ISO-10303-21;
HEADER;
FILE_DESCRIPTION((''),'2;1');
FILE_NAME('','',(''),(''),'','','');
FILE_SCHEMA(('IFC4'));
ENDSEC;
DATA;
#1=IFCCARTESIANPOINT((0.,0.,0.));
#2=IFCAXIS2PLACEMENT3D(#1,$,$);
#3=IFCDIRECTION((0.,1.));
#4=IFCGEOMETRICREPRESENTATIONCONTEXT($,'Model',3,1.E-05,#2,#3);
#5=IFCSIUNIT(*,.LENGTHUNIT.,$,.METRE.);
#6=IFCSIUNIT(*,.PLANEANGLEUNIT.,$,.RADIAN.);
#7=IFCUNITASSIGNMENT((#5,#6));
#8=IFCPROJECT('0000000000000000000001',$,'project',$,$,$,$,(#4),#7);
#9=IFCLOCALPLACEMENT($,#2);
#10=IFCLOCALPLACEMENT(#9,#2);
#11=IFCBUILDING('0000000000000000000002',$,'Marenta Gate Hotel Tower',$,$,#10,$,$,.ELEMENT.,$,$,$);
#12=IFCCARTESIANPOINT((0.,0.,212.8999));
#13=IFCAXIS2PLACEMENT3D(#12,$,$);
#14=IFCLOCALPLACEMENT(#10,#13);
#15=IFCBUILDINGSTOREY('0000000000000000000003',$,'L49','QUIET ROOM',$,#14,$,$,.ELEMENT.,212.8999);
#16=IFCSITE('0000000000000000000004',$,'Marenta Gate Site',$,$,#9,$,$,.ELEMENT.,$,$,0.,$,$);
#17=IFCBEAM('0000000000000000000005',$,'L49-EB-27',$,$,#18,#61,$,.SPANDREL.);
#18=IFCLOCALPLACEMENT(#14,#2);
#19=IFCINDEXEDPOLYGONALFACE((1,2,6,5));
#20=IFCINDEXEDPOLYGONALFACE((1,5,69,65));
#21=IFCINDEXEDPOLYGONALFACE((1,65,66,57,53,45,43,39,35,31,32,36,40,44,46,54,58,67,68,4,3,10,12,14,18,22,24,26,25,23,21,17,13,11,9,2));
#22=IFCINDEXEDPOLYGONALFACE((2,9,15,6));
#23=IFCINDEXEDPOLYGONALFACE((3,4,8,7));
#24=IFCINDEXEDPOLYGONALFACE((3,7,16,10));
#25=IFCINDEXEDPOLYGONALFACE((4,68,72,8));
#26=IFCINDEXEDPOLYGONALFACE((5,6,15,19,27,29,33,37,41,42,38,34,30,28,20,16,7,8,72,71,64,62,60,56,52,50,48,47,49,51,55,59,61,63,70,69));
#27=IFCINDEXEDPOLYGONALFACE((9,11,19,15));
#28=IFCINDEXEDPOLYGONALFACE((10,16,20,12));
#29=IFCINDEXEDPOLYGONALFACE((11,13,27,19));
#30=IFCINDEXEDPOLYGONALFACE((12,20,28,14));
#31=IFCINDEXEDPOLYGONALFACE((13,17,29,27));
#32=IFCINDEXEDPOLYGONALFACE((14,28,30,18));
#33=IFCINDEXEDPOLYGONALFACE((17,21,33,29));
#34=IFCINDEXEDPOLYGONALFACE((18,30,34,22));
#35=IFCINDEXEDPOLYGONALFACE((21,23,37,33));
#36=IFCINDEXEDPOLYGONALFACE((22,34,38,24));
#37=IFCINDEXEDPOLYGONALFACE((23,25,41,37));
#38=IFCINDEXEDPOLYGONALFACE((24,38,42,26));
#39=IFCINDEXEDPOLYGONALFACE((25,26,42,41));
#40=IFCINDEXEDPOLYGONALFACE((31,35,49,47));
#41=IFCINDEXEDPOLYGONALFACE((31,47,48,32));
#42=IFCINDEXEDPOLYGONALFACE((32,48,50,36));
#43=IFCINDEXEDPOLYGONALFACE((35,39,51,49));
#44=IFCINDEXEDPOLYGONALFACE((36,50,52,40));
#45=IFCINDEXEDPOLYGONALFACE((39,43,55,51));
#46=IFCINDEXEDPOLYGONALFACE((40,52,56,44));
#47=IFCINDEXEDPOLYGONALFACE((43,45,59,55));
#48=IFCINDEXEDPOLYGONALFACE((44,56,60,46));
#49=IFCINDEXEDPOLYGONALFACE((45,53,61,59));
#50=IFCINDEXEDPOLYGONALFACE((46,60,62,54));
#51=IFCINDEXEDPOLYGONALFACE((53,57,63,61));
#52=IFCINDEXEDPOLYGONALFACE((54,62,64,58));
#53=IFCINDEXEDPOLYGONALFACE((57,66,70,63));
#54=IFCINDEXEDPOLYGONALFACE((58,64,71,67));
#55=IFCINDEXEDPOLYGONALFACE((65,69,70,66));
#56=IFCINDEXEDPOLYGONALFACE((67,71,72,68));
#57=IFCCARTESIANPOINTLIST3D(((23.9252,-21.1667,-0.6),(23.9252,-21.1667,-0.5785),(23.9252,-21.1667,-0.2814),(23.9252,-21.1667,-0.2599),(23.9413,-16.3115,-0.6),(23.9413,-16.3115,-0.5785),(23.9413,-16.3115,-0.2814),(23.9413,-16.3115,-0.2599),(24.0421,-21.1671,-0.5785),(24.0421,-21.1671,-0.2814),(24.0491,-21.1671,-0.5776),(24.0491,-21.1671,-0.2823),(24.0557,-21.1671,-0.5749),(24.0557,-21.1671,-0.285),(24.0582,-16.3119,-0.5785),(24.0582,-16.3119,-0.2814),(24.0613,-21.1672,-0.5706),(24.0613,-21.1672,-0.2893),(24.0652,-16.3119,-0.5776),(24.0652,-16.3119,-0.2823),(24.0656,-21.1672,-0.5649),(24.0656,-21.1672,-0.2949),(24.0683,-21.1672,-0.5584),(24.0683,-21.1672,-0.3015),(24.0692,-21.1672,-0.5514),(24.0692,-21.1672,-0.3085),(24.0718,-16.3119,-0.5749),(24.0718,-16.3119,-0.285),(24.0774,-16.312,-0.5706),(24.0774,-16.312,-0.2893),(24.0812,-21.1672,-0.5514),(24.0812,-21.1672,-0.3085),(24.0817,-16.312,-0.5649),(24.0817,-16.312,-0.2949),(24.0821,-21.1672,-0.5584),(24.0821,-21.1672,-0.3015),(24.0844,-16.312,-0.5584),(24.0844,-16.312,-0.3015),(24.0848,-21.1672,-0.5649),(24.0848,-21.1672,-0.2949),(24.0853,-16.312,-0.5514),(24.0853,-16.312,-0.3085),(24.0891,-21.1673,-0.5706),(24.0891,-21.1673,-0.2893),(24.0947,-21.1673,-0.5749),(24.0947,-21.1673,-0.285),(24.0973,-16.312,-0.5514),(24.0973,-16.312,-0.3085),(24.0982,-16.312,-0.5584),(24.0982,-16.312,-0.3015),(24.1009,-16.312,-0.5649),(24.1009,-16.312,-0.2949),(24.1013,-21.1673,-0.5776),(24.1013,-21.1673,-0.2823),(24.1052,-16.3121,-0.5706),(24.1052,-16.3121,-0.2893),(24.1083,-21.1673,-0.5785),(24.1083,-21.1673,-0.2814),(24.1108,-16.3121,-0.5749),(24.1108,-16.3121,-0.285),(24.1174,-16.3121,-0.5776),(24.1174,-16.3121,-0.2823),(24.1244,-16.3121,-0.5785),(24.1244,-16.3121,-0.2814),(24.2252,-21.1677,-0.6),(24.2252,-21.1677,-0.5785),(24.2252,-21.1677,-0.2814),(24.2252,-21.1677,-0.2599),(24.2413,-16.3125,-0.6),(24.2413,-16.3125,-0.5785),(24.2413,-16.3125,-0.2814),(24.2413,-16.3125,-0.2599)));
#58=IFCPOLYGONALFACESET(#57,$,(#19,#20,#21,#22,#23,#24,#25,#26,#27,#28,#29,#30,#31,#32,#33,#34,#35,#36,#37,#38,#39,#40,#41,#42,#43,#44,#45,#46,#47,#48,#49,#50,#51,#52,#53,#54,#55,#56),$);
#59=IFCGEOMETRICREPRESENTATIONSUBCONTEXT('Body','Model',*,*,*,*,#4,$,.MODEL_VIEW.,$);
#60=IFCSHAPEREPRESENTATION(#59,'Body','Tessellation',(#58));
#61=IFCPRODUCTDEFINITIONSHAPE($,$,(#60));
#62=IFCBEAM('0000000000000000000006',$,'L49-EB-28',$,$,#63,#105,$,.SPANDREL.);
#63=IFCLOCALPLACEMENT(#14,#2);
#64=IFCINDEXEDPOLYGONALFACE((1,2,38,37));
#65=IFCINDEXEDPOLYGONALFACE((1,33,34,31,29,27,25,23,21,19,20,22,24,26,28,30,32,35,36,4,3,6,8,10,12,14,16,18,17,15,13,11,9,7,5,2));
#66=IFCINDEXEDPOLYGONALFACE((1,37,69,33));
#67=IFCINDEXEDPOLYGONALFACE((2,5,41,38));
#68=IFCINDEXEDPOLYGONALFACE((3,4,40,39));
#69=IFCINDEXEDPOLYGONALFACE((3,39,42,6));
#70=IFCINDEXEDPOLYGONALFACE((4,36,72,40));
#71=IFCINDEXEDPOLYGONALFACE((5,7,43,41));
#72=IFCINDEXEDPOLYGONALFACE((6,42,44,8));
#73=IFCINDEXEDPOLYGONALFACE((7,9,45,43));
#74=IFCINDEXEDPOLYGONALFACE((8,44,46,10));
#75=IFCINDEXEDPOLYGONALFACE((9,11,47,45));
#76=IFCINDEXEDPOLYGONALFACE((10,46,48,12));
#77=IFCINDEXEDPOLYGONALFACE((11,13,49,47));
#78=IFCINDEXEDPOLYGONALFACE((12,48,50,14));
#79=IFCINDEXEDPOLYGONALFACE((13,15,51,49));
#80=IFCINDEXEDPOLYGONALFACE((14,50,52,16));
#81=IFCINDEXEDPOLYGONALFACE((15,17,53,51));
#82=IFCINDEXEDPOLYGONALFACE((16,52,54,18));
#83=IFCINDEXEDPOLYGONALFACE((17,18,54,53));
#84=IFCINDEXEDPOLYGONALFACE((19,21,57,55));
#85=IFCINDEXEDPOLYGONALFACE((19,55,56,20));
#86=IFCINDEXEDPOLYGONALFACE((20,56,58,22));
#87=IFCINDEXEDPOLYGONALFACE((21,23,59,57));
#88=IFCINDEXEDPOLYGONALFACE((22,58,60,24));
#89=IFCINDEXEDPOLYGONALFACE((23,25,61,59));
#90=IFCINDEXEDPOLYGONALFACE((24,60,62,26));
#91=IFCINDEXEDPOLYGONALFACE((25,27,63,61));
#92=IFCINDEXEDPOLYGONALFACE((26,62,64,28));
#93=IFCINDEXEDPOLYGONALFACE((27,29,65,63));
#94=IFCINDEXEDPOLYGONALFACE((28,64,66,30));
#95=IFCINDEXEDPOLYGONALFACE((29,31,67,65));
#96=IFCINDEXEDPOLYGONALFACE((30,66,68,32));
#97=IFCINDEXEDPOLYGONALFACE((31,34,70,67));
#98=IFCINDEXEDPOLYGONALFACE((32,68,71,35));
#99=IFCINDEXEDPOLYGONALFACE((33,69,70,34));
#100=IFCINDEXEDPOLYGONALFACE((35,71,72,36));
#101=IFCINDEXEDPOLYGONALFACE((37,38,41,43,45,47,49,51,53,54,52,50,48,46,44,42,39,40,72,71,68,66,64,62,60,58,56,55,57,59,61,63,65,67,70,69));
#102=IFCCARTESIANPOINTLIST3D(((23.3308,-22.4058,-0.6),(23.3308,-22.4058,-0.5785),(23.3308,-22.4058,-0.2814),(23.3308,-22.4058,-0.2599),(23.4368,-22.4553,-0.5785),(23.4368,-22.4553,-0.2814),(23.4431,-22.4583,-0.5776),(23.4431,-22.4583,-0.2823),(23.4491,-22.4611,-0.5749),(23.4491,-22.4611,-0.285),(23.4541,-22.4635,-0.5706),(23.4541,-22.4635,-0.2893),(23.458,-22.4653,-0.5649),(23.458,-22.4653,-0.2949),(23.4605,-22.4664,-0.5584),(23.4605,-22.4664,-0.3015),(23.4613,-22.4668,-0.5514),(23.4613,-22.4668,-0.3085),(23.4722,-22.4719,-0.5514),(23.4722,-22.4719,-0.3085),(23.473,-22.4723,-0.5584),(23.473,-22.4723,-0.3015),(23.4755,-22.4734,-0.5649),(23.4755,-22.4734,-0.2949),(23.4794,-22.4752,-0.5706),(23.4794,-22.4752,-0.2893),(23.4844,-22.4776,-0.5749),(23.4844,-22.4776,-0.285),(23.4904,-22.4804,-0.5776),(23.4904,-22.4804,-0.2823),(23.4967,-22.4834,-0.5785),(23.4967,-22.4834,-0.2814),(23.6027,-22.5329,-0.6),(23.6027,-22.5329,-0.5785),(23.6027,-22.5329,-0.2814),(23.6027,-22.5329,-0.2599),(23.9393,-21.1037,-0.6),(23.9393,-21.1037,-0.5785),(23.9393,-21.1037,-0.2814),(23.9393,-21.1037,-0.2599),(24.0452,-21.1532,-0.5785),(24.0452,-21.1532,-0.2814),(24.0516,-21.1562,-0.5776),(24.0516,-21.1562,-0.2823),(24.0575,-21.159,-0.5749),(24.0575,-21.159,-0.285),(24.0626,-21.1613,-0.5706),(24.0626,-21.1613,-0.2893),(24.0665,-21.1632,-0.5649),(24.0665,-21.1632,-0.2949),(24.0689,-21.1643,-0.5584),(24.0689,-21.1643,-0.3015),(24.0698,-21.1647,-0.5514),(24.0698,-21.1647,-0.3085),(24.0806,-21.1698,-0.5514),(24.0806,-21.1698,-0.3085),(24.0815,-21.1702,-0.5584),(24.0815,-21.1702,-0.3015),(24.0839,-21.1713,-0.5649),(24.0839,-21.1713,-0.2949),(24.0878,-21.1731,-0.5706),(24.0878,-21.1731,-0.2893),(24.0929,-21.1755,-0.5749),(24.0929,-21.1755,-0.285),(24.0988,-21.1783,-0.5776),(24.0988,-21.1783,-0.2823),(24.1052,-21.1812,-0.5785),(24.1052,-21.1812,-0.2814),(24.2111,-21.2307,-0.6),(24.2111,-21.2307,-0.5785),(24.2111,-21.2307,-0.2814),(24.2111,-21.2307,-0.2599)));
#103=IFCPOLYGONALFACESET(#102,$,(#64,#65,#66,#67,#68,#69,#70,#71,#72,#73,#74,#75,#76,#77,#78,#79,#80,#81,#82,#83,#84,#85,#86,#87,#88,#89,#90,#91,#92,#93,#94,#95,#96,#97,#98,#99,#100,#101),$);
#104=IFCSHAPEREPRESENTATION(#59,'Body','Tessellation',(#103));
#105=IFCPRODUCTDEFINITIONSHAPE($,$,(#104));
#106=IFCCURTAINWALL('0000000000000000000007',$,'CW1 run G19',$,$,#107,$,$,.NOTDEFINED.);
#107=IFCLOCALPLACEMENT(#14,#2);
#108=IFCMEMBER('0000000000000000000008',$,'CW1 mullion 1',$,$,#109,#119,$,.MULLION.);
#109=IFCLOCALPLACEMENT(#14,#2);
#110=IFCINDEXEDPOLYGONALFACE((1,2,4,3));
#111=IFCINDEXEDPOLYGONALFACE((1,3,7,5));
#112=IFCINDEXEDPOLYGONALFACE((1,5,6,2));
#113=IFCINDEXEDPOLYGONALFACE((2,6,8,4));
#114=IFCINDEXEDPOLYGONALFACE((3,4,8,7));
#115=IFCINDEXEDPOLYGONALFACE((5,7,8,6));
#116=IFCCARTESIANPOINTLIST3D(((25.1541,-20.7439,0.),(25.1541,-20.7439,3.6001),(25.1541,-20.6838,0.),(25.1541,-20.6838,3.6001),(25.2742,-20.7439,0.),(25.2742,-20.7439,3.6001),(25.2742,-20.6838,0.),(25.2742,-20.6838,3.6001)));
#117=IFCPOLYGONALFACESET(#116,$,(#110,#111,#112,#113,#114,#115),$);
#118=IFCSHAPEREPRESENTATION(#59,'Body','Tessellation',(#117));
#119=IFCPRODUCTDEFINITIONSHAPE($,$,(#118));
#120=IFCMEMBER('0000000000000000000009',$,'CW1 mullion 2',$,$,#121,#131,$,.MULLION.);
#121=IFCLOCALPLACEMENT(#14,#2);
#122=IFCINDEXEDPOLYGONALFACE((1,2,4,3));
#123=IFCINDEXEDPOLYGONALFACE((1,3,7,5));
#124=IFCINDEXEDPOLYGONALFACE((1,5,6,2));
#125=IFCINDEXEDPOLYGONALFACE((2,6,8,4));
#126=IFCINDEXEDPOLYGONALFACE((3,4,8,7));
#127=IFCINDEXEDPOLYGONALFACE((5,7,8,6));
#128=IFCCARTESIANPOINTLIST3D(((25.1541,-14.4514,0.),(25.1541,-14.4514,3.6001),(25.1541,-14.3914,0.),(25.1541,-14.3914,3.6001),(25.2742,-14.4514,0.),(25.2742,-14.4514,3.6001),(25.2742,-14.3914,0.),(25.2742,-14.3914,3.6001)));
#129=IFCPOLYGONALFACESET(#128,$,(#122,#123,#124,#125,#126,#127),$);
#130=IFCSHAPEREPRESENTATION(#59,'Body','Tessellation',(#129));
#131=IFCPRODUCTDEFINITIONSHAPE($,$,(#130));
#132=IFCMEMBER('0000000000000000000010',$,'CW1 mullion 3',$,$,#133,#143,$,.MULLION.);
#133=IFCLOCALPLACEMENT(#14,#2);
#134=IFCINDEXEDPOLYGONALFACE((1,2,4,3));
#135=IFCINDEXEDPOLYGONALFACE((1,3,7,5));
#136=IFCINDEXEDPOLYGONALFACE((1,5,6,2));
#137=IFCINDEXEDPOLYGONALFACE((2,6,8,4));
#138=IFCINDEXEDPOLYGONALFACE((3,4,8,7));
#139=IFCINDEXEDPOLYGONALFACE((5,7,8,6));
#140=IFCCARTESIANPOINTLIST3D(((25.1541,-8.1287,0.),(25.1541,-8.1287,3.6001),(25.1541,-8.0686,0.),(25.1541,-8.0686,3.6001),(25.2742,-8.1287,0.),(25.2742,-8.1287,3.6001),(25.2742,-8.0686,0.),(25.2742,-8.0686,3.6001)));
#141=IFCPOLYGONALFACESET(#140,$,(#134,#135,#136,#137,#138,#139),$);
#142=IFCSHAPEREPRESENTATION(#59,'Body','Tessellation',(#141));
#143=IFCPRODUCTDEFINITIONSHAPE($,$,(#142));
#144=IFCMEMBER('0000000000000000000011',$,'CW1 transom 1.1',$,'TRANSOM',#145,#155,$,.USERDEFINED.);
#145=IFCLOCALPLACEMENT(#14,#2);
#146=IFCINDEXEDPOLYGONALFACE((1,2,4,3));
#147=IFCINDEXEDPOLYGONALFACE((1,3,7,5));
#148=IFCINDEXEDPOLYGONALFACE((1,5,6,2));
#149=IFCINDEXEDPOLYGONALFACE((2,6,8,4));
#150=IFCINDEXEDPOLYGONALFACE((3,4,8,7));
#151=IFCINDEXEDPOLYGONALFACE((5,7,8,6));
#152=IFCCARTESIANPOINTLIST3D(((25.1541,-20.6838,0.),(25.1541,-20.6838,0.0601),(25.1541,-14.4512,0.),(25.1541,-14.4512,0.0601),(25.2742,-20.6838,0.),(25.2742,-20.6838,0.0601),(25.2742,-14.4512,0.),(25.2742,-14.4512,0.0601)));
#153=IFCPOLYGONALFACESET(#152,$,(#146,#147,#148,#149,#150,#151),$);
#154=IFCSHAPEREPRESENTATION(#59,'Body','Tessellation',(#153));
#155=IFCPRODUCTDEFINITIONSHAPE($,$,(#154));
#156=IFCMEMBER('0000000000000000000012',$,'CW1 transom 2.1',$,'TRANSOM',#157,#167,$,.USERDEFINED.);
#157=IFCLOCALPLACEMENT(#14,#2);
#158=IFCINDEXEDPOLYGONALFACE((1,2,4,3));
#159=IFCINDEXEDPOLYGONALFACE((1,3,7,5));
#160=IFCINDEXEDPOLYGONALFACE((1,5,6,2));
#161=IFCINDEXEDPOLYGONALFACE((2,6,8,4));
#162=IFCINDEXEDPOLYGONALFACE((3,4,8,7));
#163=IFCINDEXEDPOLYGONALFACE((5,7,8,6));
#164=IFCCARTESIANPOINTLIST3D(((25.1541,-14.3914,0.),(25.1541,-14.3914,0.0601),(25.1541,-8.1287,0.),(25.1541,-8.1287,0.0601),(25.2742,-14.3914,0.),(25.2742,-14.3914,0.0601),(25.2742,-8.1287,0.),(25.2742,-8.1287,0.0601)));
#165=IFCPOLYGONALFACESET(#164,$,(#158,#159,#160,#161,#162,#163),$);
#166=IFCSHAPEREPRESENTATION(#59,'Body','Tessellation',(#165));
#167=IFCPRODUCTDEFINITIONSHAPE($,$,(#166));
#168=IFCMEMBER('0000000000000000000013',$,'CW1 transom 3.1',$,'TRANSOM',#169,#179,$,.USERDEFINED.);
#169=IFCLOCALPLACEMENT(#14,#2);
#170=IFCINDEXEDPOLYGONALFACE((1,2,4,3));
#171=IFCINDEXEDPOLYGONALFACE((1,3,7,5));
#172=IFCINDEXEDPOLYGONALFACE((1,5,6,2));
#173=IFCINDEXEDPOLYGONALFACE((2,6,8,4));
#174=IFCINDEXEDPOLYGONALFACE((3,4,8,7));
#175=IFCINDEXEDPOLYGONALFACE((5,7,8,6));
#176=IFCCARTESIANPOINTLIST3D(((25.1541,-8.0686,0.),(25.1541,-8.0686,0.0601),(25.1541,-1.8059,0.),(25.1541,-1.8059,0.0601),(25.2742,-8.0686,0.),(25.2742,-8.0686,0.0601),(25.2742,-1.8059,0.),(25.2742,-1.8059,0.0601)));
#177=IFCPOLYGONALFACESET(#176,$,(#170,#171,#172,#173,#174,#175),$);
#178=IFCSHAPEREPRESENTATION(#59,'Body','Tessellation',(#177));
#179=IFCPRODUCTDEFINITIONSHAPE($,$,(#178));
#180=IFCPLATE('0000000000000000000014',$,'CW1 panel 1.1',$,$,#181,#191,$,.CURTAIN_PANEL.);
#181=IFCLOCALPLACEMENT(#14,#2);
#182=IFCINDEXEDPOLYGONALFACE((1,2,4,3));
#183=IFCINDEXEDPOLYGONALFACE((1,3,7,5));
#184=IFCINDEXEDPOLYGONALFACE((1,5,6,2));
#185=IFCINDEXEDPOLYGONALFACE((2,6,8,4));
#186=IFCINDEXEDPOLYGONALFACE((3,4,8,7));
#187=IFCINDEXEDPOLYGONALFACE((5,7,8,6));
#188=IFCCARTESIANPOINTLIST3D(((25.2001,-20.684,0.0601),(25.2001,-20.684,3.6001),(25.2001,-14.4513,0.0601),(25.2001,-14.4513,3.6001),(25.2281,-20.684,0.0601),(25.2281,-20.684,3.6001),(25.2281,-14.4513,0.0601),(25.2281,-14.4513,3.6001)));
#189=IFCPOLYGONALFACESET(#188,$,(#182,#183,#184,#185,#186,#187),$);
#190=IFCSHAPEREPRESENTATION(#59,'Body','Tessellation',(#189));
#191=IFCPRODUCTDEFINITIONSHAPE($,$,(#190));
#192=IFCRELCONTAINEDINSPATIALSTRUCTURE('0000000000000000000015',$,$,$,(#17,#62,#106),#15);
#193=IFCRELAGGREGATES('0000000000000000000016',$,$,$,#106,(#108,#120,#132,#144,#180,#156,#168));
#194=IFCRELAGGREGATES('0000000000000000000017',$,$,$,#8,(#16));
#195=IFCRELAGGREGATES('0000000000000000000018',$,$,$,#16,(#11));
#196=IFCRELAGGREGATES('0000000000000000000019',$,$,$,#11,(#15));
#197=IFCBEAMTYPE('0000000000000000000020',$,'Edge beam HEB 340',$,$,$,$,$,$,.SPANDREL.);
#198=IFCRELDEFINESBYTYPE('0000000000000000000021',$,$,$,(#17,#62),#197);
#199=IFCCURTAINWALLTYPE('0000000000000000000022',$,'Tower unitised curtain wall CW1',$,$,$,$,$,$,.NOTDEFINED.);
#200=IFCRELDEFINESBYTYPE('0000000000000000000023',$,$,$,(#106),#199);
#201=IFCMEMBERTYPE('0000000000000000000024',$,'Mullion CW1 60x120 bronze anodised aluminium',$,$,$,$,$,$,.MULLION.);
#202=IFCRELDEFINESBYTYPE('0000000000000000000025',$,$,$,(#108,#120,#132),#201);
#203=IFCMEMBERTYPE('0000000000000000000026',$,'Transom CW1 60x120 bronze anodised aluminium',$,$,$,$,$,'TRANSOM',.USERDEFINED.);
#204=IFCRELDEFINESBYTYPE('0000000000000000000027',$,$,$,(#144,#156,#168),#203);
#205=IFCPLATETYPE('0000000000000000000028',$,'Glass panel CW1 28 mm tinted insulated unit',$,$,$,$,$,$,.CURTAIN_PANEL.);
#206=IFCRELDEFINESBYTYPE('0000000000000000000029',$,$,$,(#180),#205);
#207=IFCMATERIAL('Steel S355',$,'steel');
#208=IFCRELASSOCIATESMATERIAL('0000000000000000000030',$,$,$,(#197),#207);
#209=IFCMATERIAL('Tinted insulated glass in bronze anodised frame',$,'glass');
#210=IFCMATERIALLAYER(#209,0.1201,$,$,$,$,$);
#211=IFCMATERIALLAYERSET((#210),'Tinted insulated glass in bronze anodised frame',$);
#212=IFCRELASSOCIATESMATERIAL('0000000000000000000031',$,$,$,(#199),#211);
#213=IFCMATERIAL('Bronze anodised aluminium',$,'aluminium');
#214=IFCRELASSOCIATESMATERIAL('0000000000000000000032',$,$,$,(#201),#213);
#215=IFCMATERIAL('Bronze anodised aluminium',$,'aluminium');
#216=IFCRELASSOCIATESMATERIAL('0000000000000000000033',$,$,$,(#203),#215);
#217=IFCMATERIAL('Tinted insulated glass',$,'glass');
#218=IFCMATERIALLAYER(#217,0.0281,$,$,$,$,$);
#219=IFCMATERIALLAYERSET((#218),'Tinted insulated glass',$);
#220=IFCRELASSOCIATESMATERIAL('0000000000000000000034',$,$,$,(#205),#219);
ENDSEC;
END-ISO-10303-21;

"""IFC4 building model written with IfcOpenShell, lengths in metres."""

from ifc_helpers import new_model, si_unit, direction, frame, origin, origin_2d, place, context, subcontext, project, spatial, rectangle, i_section, extrude, material, layer, layer_set, material_profile, profile_set, type_object, element, aggregate, save


model = new_model("IFC4")

# Units and contexts
model_context = context("Model", 3, precision=1e-05, world=origin(), true_north=direction((0.0, 1.0)))
body_context = subcontext(model_context, "Body", "Model", "MODEL_VIEW")
ifc_project = project(units=[si_unit("LENGTHUNIT", "METRE"), si_unit("PLANEANGLEUNIT", "RADIAN")], contexts=[model_context])

# Site, building, storey
site_placement = place(None, origin())
site = spatial("IfcSite", under=ifc_project, at=site_placement, Name="Marenta Gate Site", CompositionType="ELEMENT", RefElevation=0.0)
building_placement = place(site_placement, origin())
building = spatial("IfcBuilding", under=site, at=building_placement, Name="Marenta Gate Hotel Tower", CompositionType="ELEMENT")
storey_placement = place(building_placement, frame((0.0, 0.0, 212.8999)))
storey = spatial("IfcBuildingStorey", under=building, at=storey_placement, Name="L49", Description="QUIET ROOM", CompositionType="ELEMENT", Elevation=212.8999)

# Beams
ifc_material_1 = material(Name="Steel S355", Category="steel")
ifc_material_profile_1 = material_profile(ifc_material_1, i_section(OverallWidth=0.3, OverallDepth=0.3401, WebThickness=0.012, FlangeThickness=0.0215, FilletRadius=0.0271, at=origin_2d()), Name="HEB 340")
ifc_profile_set_1 = profile_set([ifc_material_profile_1], Name="Steel S355")
beam_type = type_object("IfcBeamType", Name="Edge beam HEB 340", PredefinedType="SPANDREL", material=ifc_profile_set_1)
beam_1_placement = place(storey_placement, frame((24.0913, -16.312, -0.4299), z_axis=(-0.003319, -0.999994, 0.0), x_axis=(0.999994, -0.003319, 0.0)))
element("IfcBeam", 1, at=beam_1_placement, inside=storey, type_object=beam_type, Name="L49-EB-27", PredefinedType="SPANDREL", context=body_context, shape_type="SweptSolid", body=[
    extrude(i_section(OverallWidth=0.3, OverallDepth=0.3401, WebThickness=0.012, FlangeThickness=0.0215, FilletRadius=0.0271, at=origin_2d()), origin(), (0.0, 0.0, 1.0), 4.8552),
])
beam_2_placement = place(storey_placement, frame((24.0752, -21.1672, -0.4299), z_axis=(-0.423341, -0.90597, 0.0), x_axis=(0.90597, -0.423341, 0.0)))
element("IfcBeam", 2, at=beam_2_placement, inside=storey, type_object=beam_type, Name="L49-EB-28", PredefinedType="SPANDREL", context=body_context, shape_type="SweptSolid", body=[
    extrude(i_section(OverallWidth=0.3, OverallDepth=0.3401, WebThickness=0.012, FlangeThickness=0.0215, FilletRadius=0.0271, at=origin_2d()), origin(), (0.0, 0.0, 1.0), 1.4373),
])

# Curtain wall, members, plate
ifc_material_2 = material(Name="Tinted insulated glass in bronze anodised frame", Category="glass")
ifc_layer_1 = layer(ifc_material_2, 0.1201)
ifc_layer_set_1 = layer_set([ifc_layer_1], Name="Tinted insulated glass in bronze anodised frame")
curtain_wall_type = type_object("IfcCurtainWallType", Name="Tower unitised curtain wall CW1", PredefinedType="NOTDEFINED", material=ifc_layer_set_1)
curtain_wall_placement = place(storey_placement, origin())
curtain_wall = element("IfcCurtainWall", 3, at=curtain_wall_placement, inside=storey, type_object=curtain_wall_type, Name="CW1 run G19", PredefinedType="NOTDEFINED")
ifc_material_3 = material(Name="Bronze anodised aluminium", Category="aluminium")
ifc_material_profile_2 = material_profile(ifc_material_3, rectangle(XDim=0.1201, YDim=0.0601, at=origin_2d()), Name="Mullion CW1 60x120 bronze anodised aluminium")
ifc_profile_set_2 = profile_set([ifc_material_profile_2], Name="Bronze anodised aluminium")
member_type_1 = type_object("IfcMemberType", Name="Mullion CW1 60x120 bronze anodised aluminium", PredefinedType="MULLION", material=ifc_profile_set_2)
member_1_placement = place(storey_placement, frame((25.2141, -20.7139, 0.0), z_axis=(0.0, 0.0, 1.0), x_axis=(-1.0, 0.0, 0.0)))
member_1 = element("IfcMember", 4, at=member_1_placement, type_object=member_type_1, Name="CW1 mullion 1", PredefinedType="MULLION", context=body_context, shape_type="SweptSolid", body=[
    extrude(rectangle(XDim=0.1201, YDim=0.0601, at=origin_2d()), origin(), (0.0, 0.0, 1.0), 3.6001),
])
member_2_placement = place(storey_placement, frame((25.2141, -14.4214, 0.0), z_axis=(0.0, 0.0, 1.0), x_axis=(-1.0, 0.0, 0.0)))
member_2 = element("IfcMember", 5, at=member_2_placement, type_object=member_type_1, Name="CW1 mullion 2", PredefinedType="MULLION", context=body_context, shape_type="SweptSolid", body=[
    extrude(rectangle(XDim=0.1201, YDim=0.0601, at=origin_2d()), origin(), (0.0, 0.0, 1.0), 3.6001),
])
member_3_placement = place(storey_placement, frame((25.2141, -8.0986, 0.0), z_axis=(0.0, 0.0, 1.0), x_axis=(-1.0, 0.0, 0.0)))
member_3 = element("IfcMember", 6, at=member_3_placement, type_object=member_type_1, Name="CW1 mullion 3", PredefinedType="MULLION", context=body_context, shape_type="SweptSolid", body=[
    extrude(rectangle(XDim=0.1201, YDim=0.0601, at=origin_2d()), origin(), (0.0, 0.0, 1.0), 3.6001),
])
ifc_material_4 = material(Name="Bronze anodised aluminium", Category="aluminium")
ifc_material_profile_3 = material_profile(ifc_material_4, rectangle(XDim=0.1201, YDim=0.0601, at=origin_2d()), Name="Transom CW1 60x120 bronze anodised aluminium")
ifc_profile_set_3 = profile_set([ifc_material_profile_3], Name="Bronze anodised aluminium")
member_type_2 = type_object("IfcMemberType", Name="Transom CW1 60x120 bronze anodised aluminium", ElementType="TRANSOM", PredefinedType="USERDEFINED", material=ifc_profile_set_3)
member_4_placement = place(storey_placement, frame((25.2141, -20.6838, 0.03), z_axis=(0.0, 1.0, 0.0), x_axis=(-1.0, 0.0, 0.0)))
member_4 = element("IfcMember", 7, at=member_4_placement, type_object=member_type_2, Name="CW1 transom 1.1", ObjectType="TRANSOM", PredefinedType="USERDEFINED", context=body_context, shape_type="SweptSolid", body=[
    extrude(rectangle(XDim=0.1201, YDim=0.0601, at=origin_2d()), origin(), (0.0, 0.0, 1.0), 6.2327),
])
member_5_placement = place(storey_placement, frame((25.2141, -14.3914, 0.03), z_axis=(0.0, 1.0, 0.0), x_axis=(-1.0, 0.0, 0.0)))
member_5 = element("IfcMember", 8, at=member_5_placement, type_object=member_type_2, Name="CW1 transom 2.1", ObjectType="TRANSOM", PredefinedType="USERDEFINED", context=body_context, shape_type="SweptSolid", body=[
    extrude(rectangle(XDim=0.1201, YDim=0.0601, at=origin_2d()), origin(), (0.0, 0.0, 1.0), 6.2627),
])
member_6_placement = place(storey_placement, frame((25.2141, -8.0686, 0.03), z_axis=(0.0, 1.0, 0.0), x_axis=(-1.0, 0.0, 0.0)))
member_6 = element("IfcMember", 9, at=member_6_placement, type_object=member_type_2, Name="CW1 transom 3.1", ObjectType="TRANSOM", PredefinedType="USERDEFINED", context=body_context, shape_type="SweptSolid", body=[
    extrude(rectangle(XDim=0.1201, YDim=0.0601, at=origin_2d()), origin(), (0.0, 0.0, 1.0), 6.2627),
])
ifc_material_5 = material(Name="Tinted insulated glass", Category="glass")
ifc_layer_2 = layer(ifc_material_5, 0.0281)
ifc_layer_set_2 = layer_set([ifc_layer_2], Name="Tinted insulated glass")
plate_type = type_object("IfcPlateType", Name="Glass panel CW1 28 mm tinted insulated unit", PredefinedType="CURTAIN_PANEL", material=ifc_layer_set_2)
plate_1_placement = place(storey_placement, frame((25.2141, -17.5676, 0.0601), z_axis=(0.0, 0.0, 1.0), x_axis=(0.0, 1.0, 0.0)))
plate_1 = element("IfcPlate", 10, at=plate_1_placement, type_object=plate_type, Name="CW1 panel 1.1", PredefinedType="CURTAIN_PANEL", context=body_context, shape_type="SweptSolid", body=[
    extrude(rectangle(XDim=6.2327, YDim=0.0281, at=origin_2d()), origin(), (0.0, 0.0, 1.0), 3.54),
])
aggregate(curtain_wall, [member_1, member_2, member_3, member_4, plate_1, member_5, member_6])

save(model, "model.ifc")
